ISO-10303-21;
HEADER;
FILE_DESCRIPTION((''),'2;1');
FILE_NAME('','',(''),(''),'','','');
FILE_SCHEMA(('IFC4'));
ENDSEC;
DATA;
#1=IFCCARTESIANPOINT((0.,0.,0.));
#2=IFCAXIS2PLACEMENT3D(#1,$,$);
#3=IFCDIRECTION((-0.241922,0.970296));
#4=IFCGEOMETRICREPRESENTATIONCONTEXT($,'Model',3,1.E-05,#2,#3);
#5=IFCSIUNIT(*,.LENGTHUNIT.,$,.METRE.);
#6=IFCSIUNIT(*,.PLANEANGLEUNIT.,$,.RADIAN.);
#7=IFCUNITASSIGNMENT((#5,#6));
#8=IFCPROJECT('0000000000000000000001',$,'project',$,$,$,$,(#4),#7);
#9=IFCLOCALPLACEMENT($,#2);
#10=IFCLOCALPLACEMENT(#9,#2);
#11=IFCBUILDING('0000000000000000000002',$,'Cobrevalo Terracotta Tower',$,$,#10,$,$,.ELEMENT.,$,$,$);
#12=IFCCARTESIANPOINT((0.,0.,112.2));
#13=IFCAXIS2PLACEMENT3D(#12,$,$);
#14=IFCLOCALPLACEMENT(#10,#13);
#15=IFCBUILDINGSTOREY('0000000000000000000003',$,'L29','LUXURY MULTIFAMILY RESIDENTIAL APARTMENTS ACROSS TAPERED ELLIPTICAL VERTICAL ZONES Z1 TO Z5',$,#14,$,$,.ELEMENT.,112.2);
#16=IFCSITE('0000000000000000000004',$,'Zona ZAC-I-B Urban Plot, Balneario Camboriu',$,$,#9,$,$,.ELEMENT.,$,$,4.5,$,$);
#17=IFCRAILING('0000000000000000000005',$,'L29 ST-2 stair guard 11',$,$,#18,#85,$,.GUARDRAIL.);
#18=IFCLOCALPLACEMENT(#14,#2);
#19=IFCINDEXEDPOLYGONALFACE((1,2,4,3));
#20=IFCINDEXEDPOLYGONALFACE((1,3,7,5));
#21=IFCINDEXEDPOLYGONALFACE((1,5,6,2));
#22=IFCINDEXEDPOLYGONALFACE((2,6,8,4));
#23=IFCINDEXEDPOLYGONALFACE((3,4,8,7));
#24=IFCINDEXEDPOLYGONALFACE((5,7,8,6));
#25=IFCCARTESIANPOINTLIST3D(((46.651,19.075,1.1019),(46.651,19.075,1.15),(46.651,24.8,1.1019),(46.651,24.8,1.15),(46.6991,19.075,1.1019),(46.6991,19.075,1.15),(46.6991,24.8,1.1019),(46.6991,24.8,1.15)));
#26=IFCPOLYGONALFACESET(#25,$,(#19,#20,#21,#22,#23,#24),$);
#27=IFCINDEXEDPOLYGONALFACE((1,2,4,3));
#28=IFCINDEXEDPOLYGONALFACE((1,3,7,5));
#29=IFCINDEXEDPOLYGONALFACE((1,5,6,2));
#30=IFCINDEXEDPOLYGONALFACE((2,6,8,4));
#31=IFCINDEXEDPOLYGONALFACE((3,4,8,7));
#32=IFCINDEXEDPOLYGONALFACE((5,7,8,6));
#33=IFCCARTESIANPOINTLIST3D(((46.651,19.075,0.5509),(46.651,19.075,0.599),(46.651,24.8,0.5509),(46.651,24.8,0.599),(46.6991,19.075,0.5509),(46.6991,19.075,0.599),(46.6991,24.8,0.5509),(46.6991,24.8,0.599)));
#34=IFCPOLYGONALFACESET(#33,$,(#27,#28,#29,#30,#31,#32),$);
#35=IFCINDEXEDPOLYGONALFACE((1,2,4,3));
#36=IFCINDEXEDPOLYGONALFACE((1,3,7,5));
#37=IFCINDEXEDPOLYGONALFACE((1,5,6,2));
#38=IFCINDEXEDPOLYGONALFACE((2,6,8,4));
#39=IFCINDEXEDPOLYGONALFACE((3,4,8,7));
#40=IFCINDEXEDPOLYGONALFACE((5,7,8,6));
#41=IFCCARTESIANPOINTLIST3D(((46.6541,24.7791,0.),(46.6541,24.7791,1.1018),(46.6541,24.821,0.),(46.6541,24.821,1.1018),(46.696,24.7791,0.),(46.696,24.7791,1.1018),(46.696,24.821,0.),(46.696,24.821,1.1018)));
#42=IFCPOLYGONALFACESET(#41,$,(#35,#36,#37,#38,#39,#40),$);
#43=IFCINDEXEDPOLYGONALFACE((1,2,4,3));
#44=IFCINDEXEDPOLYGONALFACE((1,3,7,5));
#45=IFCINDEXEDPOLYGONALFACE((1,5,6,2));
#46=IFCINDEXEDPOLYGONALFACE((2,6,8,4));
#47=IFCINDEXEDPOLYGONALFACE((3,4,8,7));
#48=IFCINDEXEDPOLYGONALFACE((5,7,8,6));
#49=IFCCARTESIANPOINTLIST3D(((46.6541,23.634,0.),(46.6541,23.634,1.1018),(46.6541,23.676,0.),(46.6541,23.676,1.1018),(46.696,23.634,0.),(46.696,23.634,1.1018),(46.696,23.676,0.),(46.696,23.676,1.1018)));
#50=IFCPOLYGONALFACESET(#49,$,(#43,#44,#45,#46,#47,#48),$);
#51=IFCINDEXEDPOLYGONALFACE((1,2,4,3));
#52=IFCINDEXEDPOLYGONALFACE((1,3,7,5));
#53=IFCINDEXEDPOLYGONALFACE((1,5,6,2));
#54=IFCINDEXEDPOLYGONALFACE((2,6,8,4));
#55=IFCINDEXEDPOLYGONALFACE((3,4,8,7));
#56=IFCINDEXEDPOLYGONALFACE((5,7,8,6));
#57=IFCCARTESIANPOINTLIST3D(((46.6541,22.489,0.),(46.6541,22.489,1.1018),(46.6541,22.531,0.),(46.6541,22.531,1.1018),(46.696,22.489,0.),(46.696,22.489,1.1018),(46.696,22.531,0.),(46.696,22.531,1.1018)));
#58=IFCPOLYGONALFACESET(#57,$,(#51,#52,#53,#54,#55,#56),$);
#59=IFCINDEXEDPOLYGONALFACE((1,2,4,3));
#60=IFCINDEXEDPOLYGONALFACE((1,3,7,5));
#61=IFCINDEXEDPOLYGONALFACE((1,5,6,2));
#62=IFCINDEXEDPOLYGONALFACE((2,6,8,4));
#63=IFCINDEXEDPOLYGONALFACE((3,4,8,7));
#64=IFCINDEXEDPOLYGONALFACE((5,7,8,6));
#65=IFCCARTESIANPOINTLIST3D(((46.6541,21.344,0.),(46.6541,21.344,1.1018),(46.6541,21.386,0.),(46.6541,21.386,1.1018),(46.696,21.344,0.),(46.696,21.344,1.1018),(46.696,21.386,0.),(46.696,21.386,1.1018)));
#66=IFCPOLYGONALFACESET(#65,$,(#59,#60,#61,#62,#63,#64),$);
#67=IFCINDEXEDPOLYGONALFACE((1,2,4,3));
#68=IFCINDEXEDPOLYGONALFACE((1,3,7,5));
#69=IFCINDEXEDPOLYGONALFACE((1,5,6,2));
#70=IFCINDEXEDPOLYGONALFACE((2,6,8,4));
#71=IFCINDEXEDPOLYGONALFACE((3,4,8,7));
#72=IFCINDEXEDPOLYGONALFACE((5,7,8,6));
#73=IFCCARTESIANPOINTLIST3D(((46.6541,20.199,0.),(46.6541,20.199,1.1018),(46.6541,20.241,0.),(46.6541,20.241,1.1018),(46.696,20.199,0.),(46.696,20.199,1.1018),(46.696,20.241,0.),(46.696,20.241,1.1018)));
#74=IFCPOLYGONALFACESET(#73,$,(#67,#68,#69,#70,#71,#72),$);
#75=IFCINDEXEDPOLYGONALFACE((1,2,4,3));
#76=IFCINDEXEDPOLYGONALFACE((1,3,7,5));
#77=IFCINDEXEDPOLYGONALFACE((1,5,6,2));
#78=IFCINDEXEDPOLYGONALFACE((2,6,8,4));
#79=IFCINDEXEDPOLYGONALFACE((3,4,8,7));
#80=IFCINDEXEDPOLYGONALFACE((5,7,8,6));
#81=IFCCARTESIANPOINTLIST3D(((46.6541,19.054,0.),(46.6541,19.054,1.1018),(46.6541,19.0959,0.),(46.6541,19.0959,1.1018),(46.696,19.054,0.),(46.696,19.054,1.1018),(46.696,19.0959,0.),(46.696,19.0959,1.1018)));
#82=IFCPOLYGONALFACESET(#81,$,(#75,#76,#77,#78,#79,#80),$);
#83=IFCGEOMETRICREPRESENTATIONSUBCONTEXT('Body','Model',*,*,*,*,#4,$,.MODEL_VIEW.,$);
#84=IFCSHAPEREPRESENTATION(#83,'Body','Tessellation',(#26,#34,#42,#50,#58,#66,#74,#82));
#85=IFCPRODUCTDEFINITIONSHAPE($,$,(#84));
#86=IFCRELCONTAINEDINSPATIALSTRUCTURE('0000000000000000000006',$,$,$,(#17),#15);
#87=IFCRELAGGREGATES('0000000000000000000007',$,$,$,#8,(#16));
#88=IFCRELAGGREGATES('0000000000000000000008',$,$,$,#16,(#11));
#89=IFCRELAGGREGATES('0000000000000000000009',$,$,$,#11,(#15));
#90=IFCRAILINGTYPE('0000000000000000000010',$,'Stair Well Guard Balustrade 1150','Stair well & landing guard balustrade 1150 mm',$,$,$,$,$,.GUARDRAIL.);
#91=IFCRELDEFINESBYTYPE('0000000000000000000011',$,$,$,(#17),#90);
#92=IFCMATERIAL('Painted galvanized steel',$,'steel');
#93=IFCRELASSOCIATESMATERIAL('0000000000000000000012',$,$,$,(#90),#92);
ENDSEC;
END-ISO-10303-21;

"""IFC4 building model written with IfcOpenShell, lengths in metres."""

from ifc_helpers import new_model, si_unit, direction, frame, origin, origin_2d, place, context, subcontext, project, spatial, rectangle, extrude, material, type_object, element, save


model = new_model("IFC4")

# Units and contexts
model_context = context("Model", 3, precision=1e-05, world=origin(), true_north=direction((-0.241922, 0.970296)))
body_context = subcontext(model_context, "Body", "Model", "MODEL_VIEW")
ifc_project = project(units=[si_unit("LENGTHUNIT", "METRE"), si_unit("PLANEANGLEUNIT", "RADIAN")], contexts=[model_context])

# Site, building, storey
site_placement = place(None, origin())
site = spatial("IfcSite", under=ifc_project, at=site_placement, Name="Zona ZAC-I-B Urban Plot, Balneario Camboriu", CompositionType="ELEMENT", RefElevation=4.5)
building_placement = place(site_placement, origin())
building = spatial("IfcBuilding", under=site, at=building_placement, Name="Cobrevalo Terracotta Tower", CompositionType="ELEMENT")
storey_placement = place(building_placement, frame((0.0, 0.0, 112.2)))
storey = spatial("IfcBuildingStorey", under=building, at=storey_placement, Name="L29", Description="LUXURY MULTIFAMILY RESIDENTIAL APARTMENTS ACROSS TAPERED ELLIPTICAL VERTICAL ZONES Z1 TO Z5", CompositionType="ELEMENT", Elevation=112.2)

# Railing
ifc_material_1 = material(Name="Painted galvanized steel", Category="steel")
railing_type = type_object("IfcRailingType", Name="Stair Well Guard Balustrade 1150", Description="Stair well & landing guard balustrade 1150 mm", PredefinedType="GUARDRAIL", material=ifc_material_1)
for number, where, name in (
    (1, (46.675, 24.8, 0.0), "L29 ST-2 stair guard 11"),
):
    element("IfcRailing", number, at=place(storey_placement, frame(where)), inside=storey, type_object=railing_type, Name=name, PredefinedType="GUARDRAIL", context=body_context, shape_type="SweptSolid", body=[
        extrude(rectangle(XDim=0.0481, YDim=0.0481, at=origin_2d()), frame((0.0, 0.0, 1.126), z_axis=(0.0, -1.0, 0.0), x_axis=(1.0, 0.0, 0.0)), (0.0, 0.0, 1.0), 5.7251),
        extrude(rectangle(XDim=0.0481, YDim=0.0481, at=origin_2d()), frame((0.0, 0.0, 0.575), z_axis=(0.0, -1.0, 0.0), x_axis=(1.0, 0.0, 0.0)), (0.0, 0.0, 1.0), 5.7251),
        extrude(rectangle(XDim=0.042, YDim=0.042, at=origin_2d()), origin(), (0.0, 0.0, 1.0), 1.1018),
        extrude(rectangle(XDim=0.042, YDim=0.042, at=origin_2d()), frame((0.0, -1.145, 0.0)), (0.0, 0.0, 1.0), 1.1018),
        extrude(rectangle(XDim=0.042, YDim=0.042, at=origin_2d()), frame((0.0, -2.29, 0.0)), (0.0, 0.0, 1.0), 1.1018),
        extrude(rectangle(XDim=0.042, YDim=0.042, at=origin_2d()), frame((0.0, -3.4351, 0.0)), (0.0, 0.0, 1.0), 1.1018),
        extrude(rectangle(XDim=0.042, YDim=0.042, at=origin_2d()), frame((0.0, -4.5801, 0.0)), (0.0, 0.0, 1.0), 1.1018),
        extrude(rectangle(XDim=0.042, YDim=0.042, at=origin_2d()), frame((0.0, -5.7251, 0.0)), (0.0, 0.0, 1.0), 1.1018),
    ])

save(model, "model.ifc")
